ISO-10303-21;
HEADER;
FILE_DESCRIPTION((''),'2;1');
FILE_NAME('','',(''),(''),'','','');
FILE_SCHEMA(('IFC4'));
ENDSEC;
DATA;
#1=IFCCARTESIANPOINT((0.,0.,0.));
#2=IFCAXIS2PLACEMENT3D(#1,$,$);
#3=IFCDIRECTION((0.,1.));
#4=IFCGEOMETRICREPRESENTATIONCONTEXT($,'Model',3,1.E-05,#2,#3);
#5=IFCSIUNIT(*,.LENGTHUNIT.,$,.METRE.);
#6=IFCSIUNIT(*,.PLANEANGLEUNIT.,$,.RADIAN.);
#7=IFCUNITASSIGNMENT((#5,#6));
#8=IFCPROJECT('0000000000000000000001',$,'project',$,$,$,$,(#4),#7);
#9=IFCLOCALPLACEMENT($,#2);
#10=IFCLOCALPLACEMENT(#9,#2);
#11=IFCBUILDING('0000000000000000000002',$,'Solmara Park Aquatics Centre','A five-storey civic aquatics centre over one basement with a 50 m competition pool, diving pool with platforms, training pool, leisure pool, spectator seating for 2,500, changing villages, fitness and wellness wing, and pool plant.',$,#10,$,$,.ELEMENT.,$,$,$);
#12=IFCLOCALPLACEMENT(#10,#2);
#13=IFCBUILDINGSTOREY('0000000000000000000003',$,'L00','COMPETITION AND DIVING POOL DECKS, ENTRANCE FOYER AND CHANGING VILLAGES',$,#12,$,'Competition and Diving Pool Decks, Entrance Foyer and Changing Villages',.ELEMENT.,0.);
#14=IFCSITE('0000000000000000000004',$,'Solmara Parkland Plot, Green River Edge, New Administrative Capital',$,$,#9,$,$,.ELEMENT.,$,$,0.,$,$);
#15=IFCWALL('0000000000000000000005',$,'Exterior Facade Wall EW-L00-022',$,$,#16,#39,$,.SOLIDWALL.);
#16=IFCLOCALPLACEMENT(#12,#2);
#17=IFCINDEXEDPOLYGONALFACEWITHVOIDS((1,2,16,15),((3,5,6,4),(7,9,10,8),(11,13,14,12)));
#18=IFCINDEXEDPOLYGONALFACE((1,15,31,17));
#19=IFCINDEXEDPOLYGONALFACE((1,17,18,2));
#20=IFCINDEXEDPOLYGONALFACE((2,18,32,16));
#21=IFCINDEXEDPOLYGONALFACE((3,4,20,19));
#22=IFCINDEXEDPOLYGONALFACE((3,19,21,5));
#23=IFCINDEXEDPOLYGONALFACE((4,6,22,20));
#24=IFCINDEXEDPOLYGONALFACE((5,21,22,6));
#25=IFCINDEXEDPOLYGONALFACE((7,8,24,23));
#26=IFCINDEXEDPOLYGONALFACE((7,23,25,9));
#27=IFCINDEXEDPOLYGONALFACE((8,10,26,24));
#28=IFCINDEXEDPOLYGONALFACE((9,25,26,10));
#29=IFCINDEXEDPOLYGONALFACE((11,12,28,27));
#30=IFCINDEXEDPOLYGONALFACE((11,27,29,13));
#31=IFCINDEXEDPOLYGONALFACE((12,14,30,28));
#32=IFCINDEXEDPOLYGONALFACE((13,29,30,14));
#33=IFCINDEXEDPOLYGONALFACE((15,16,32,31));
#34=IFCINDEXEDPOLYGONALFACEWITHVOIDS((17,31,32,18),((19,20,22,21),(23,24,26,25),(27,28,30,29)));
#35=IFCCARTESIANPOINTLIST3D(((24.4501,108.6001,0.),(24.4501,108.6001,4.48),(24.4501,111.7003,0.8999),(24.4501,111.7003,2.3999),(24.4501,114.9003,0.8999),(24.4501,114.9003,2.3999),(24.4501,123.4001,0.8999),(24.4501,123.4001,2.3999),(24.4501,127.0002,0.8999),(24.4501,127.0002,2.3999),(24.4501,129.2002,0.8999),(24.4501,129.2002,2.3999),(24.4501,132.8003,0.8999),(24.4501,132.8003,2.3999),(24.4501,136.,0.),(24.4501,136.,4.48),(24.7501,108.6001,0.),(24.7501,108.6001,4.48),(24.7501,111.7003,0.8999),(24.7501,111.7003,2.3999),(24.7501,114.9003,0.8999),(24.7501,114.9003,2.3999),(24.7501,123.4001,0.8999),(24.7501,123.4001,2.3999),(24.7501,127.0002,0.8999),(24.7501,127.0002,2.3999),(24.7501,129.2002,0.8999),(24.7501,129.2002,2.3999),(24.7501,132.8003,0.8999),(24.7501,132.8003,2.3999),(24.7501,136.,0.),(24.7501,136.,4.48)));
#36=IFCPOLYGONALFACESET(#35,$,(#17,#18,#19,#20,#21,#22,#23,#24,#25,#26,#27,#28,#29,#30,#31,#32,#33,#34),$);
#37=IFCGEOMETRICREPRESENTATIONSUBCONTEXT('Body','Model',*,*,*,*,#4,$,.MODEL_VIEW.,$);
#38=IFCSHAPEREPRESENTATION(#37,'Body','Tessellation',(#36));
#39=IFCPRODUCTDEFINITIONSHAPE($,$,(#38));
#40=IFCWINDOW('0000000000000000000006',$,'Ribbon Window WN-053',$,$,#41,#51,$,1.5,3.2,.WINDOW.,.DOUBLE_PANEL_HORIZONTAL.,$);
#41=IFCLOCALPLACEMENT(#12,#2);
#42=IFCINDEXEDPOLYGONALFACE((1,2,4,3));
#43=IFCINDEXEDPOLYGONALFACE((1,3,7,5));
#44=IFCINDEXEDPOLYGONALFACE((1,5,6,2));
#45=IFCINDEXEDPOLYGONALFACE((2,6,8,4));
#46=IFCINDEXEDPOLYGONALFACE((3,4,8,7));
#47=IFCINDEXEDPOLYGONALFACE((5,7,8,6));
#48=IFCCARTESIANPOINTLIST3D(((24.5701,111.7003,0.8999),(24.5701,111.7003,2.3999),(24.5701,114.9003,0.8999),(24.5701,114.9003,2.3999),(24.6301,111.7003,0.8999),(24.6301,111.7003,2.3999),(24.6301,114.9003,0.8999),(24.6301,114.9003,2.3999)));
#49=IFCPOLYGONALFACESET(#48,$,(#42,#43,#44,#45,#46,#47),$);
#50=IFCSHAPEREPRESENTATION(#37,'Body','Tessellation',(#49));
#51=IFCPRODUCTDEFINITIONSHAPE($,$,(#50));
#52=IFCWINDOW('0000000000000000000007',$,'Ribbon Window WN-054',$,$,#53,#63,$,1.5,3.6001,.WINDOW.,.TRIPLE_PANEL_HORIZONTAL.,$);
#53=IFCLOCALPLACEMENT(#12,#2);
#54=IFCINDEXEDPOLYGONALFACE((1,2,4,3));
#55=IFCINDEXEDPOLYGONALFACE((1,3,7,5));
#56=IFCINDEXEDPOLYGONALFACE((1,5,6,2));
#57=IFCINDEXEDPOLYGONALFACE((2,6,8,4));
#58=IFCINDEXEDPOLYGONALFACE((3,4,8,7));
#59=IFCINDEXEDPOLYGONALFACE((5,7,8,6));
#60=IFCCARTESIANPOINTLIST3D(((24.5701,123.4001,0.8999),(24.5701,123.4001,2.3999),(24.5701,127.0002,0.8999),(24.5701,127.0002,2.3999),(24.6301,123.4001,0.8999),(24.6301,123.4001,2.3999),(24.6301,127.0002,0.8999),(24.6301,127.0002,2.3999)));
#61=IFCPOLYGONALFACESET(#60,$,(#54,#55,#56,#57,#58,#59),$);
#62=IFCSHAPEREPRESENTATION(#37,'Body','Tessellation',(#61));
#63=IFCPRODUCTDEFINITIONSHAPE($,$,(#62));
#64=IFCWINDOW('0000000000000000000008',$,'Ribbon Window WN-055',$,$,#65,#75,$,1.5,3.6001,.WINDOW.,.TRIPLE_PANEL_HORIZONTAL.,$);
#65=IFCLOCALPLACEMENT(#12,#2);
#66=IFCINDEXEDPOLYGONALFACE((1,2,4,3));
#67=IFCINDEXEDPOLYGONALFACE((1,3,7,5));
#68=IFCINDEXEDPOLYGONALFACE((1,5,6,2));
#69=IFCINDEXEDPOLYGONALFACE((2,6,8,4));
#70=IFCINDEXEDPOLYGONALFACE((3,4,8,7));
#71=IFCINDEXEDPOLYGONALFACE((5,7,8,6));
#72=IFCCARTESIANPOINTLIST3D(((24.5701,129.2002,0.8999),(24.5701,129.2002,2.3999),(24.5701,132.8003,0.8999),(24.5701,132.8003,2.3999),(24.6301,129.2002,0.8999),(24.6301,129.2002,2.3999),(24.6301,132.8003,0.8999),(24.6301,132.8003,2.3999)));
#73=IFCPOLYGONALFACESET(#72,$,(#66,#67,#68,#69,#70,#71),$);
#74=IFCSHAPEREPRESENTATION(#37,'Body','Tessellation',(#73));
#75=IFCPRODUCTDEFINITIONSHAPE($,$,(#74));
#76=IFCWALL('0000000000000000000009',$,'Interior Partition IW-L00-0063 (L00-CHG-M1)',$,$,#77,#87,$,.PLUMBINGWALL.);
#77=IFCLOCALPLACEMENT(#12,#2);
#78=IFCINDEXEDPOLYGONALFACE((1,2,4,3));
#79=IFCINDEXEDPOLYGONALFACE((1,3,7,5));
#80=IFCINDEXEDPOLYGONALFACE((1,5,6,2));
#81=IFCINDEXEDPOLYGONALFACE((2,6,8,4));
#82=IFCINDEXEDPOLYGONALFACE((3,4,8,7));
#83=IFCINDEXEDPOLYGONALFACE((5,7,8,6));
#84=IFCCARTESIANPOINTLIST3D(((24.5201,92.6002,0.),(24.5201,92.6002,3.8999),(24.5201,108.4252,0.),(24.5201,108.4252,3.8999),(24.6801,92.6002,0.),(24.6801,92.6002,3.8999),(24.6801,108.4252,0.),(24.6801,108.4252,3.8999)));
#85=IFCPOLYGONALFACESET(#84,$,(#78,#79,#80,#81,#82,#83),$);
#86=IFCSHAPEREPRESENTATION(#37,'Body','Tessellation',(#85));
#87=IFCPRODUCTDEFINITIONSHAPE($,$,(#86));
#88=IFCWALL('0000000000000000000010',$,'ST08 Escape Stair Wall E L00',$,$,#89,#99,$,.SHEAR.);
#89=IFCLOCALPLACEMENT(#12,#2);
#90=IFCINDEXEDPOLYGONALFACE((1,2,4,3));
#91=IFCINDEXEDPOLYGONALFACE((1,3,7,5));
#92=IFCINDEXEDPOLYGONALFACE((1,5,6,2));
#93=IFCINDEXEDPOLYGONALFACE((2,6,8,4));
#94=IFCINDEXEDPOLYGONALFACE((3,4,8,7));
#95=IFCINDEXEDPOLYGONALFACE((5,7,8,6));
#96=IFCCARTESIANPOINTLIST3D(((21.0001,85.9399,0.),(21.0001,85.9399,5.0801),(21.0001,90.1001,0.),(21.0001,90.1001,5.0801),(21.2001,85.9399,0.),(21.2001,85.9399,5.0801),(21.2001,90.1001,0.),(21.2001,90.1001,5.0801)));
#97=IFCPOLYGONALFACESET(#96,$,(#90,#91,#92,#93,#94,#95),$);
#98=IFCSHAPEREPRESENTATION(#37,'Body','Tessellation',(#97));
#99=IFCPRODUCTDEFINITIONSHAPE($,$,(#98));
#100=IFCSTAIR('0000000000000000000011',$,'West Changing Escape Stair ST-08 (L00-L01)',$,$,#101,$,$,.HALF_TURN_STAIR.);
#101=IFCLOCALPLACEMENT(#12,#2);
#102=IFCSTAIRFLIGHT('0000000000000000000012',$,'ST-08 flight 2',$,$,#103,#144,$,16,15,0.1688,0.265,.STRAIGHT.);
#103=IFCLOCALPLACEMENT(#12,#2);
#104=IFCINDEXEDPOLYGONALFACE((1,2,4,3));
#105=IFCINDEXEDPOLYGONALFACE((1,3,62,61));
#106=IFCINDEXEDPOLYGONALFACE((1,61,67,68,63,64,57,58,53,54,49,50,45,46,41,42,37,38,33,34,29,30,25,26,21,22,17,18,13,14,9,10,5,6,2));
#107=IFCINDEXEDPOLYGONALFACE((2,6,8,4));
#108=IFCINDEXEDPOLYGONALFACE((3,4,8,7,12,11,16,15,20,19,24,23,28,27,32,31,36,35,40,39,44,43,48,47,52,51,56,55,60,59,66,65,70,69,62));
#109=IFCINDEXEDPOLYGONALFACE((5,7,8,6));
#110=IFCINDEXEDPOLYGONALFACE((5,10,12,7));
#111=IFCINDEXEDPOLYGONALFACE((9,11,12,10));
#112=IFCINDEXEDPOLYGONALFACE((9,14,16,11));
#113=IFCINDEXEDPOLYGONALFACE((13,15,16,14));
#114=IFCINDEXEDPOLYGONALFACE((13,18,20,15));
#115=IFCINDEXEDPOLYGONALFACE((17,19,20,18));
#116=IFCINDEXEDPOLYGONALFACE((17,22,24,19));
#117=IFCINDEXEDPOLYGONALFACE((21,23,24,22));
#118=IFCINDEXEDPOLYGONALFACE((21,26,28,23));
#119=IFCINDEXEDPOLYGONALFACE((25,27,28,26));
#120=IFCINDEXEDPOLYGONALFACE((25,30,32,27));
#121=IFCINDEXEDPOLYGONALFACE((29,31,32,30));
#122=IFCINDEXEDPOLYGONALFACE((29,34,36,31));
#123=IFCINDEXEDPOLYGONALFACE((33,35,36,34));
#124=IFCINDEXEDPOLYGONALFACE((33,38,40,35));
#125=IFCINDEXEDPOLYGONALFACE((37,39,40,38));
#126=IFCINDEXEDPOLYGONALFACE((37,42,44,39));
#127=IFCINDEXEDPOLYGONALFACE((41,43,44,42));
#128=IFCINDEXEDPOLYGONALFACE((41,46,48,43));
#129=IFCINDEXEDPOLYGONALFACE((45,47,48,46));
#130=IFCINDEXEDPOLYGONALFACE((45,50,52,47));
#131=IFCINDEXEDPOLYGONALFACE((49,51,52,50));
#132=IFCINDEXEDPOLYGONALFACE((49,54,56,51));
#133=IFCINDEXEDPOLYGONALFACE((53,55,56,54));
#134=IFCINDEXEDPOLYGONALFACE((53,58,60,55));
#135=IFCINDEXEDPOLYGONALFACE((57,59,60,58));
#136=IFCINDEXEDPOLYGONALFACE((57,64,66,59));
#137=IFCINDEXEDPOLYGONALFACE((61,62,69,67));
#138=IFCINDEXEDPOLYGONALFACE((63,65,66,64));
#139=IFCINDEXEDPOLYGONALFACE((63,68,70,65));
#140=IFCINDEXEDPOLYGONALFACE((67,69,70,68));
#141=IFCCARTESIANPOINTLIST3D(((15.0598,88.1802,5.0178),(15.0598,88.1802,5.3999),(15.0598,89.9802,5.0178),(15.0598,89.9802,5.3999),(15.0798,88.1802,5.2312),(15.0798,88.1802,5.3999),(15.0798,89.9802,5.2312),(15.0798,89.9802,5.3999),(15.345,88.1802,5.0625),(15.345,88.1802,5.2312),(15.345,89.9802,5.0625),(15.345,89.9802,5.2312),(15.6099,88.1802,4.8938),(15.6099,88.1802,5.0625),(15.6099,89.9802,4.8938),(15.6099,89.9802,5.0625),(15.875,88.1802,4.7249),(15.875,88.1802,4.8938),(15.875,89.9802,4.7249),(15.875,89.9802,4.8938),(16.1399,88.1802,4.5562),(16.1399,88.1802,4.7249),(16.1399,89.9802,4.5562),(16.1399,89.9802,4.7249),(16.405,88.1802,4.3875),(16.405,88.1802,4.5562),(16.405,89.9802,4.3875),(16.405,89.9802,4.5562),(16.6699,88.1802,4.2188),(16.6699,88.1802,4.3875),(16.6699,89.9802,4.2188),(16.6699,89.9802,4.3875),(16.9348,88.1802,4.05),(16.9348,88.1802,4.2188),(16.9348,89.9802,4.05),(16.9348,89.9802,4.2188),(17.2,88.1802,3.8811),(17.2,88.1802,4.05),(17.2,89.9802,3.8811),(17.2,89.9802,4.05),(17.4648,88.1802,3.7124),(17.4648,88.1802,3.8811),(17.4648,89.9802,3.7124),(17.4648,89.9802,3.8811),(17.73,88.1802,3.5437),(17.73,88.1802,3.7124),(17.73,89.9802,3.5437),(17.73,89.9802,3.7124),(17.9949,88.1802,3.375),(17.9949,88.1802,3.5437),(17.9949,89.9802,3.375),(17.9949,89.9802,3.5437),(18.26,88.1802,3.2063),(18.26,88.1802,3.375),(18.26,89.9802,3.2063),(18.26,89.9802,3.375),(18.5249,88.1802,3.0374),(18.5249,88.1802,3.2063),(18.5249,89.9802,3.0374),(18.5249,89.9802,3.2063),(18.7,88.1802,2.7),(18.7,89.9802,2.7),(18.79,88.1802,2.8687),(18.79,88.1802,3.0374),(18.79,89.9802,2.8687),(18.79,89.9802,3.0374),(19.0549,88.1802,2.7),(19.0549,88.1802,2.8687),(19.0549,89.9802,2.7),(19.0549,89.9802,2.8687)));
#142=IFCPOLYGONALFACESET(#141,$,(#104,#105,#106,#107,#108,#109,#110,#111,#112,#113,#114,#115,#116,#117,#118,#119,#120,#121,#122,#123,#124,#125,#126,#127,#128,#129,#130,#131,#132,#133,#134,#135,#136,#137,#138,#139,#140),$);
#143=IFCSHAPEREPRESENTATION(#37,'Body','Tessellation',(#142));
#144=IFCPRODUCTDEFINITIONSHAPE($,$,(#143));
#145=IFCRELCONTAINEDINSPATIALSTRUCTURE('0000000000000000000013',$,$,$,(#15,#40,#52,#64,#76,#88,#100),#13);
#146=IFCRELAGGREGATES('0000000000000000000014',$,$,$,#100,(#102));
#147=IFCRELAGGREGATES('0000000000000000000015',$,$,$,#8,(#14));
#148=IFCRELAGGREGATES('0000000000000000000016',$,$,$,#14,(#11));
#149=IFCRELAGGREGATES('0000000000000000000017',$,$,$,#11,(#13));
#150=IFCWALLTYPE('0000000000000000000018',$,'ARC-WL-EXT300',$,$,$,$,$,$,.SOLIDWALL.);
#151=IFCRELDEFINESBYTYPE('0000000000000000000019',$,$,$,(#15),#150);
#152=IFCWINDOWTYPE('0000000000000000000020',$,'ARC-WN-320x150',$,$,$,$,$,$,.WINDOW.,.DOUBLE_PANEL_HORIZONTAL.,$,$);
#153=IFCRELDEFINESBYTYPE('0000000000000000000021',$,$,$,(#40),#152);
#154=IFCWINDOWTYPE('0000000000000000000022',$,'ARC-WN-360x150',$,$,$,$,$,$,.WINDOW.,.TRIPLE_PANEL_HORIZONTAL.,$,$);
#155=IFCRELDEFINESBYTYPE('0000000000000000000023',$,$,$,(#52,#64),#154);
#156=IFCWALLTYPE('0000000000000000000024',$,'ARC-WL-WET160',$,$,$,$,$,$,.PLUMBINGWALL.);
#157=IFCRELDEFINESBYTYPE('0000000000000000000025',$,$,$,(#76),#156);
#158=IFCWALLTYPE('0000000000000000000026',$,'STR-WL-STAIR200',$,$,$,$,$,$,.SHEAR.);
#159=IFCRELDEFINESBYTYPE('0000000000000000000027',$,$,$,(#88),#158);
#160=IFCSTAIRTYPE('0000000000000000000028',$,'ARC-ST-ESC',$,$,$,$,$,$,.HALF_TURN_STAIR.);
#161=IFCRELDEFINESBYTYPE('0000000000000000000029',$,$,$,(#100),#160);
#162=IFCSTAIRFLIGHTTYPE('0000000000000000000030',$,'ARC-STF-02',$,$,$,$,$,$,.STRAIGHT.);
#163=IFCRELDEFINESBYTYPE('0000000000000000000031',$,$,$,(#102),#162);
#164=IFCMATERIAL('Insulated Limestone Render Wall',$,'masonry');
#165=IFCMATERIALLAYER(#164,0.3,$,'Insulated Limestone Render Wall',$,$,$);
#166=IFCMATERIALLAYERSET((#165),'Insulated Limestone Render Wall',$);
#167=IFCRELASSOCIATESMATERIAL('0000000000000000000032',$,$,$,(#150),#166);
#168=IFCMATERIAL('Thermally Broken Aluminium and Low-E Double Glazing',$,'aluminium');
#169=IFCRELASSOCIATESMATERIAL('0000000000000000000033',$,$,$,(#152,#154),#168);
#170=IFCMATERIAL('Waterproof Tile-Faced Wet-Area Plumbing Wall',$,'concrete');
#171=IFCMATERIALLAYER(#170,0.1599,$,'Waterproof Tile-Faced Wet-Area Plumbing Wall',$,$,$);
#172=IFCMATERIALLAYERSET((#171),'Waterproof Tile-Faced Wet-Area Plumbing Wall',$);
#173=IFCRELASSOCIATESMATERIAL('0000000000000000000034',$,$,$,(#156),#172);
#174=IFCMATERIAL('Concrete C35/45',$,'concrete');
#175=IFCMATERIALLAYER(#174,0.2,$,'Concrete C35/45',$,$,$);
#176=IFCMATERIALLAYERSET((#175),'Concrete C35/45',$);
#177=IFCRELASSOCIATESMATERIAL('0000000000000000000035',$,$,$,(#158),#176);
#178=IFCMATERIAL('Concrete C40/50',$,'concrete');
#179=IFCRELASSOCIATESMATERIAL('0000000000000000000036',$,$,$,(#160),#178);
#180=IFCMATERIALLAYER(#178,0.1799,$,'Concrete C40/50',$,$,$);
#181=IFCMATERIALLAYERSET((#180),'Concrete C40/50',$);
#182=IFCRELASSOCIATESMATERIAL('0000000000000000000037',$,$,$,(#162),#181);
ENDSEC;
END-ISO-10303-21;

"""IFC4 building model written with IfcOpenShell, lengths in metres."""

from ifc_helpers import new_model, si_unit, direction, frame, frame_2d, origin, place, context, subcontext, project, spatial, polyline, rectangle, outline, extrude, material, layer, layer_set, type_object, element, fill, aggregate, save


model = new_model("IFC4")

# Units and contexts
model_context = context("Model", 3, precision=1e-05, world=origin(), true_north=direction((0.0, 1.0)))
body_context = subcontext(model_context, "Body", "Model", "MODEL_VIEW")
ifc_project = project(units=[si_unit("LENGTHUNIT", "METRE"), si_unit("PLANEANGLEUNIT", "RADIAN")], contexts=[model_context])

# Site, building, storey
site_placement = place(None, origin())
site = spatial("IfcSite", under=ifc_project, at=site_placement, Name="Solmara Parkland Plot, Green River Edge, New Administrative Capital", CompositionType="ELEMENT", RefElevation=0.0)
building_placement = place(site_placement, origin())
building = spatial("IfcBuilding", under=site, at=building_placement, Name="Solmara Park Aquatics Centre", Description="A five-storey civic aquatics centre over one basement with a 50 m competition pool, diving pool with platforms, training pool, leisure pool, spectator seating for 2,500, changing villages, fitness and wellness wing, and pool plant.", CompositionType="ELEMENT")
storey_placement = place(building_placement, origin())
storey = spatial("IfcBuildingStorey", under=building, at=storey_placement, Name="L00", Description="COMPETITION AND DIVING POOL DECKS, ENTRANCE FOYER AND CHANGING VILLAGES", LongName="Competition and Diving Pool Decks, Entrance Foyer and Changing Villages", CompositionType="ELEMENT", Elevation=0.0)

# Shared definitions
ifc_material_1 = material(Name="Concrete C40/50", Category="concrete")

# Wall, openings, windows
ifc_material_2 = material(Name="Insulated Limestone Render Wall", Category="masonry")
ifc_layer_1 = layer(ifc_material_2, 0.3, Name="Insulated Limestone Render Wall")
ifc_layer_set_1 = layer_set([ifc_layer_1], Name="Insulated Limestone Render Wall")
wall_type_1 = type_object("IfcWallType", Name="ARC-WL-EXT300", PredefinedType="SOLIDWALL", material=ifc_layer_set_1)
wall_1_placement = place(storey_placement, frame((24.6001, 108.6001, 0.0), z_axis=(0.0, 0.0, 1.0), x_axis=(0.0, 1.0, 0.0)))
wall_1 = element("IfcWall", 1, at=wall_1_placement, inside=storey, type_object=wall_type_1, Name="Exterior Facade Wall EW-L00-022", PredefinedType="SOLIDWALL", context=body_context, shape_type="SweptSolid", body=[
    extrude(rectangle(XDim=27.3999, YDim=0.3, at=frame_2d((13.7, 0.0))), origin(), (0.0, 0.0, 1.0), 4.48),
])
opening_1_placement = place(wall_1_placement, frame((3.1001, 0.0, 0.8999)))
opening_1 = element("IfcOpeningElement", 2, at=opening_1_placement, cuts=wall_1, PredefinedType="OPENING", context=body_context, shape_type="SweptSolid", body=[
    extrude(rectangle(XDim=3.2, YDim=1.5, at=frame_2d((1.6001, 0.75))), frame((0.0, 0.1599, 0.0), z_axis=(0.0, -1.0, 0.0), x_axis=(1.0, 0.0, 0.0)), (0.0, 0.0, 1.0), 0.3201),
])
opening_2_placement = place(wall_1_placement, frame((14.8, 0.0, 0.8999)))
opening_2 = element("IfcOpeningElement", 3, at=opening_2_placement, cuts=wall_1, PredefinedType="OPENING", context=body_context, shape_type="SweptSolid", body=[
    extrude(rectangle(XDim=3.6001, YDim=1.5, at=frame_2d((1.8, 0.75))), frame((0.0, 0.1599, 0.0), z_axis=(0.0, -1.0, 0.0), x_axis=(1.0, 0.0, 0.0)), (0.0, 0.0, 1.0), 0.3201),
])
opening_3_placement = place(wall_1_placement, frame((20.6001, 0.0, 0.8999)))
opening_3 = element("IfcOpeningElement", 4, at=opening_3_placement, cuts=wall_1, PredefinedType="OPENING", context=body_context, shape_type="SweptSolid", body=[
    extrude(rectangle(XDim=3.6001, YDim=1.5, at=frame_2d((1.8, 0.75))), frame((0.0, 0.1599, 0.0), z_axis=(0.0, -1.0, 0.0), x_axis=(1.0, 0.0, 0.0)), (0.0, 0.0, 1.0), 0.3201),
])
ifc_material_3 = material(Name="Thermally Broken Aluminium and Low-E Double Glazing", Category="aluminium")
window_type_1 = type_object("IfcWindowType", Name="ARC-WN-320x150", PartitioningType="DOUBLE_PANEL_HORIZONTAL", PredefinedType="WINDOW", material=ifc_material_3)
window_1_placement = place(opening_1_placement, origin())
window_1 = element("IfcWindow", 5, at=window_1_placement, inside=storey, type_object=window_type_1, Name="Ribbon Window WN-053", OverallHeight=1.5, OverallWidth=3.2, PartitioningType="DOUBLE_PANEL_HORIZONTAL", PredefinedType="WINDOW", context=body_context, shape_type="SweptSolid", body=[
    extrude(rectangle(XDim=3.2, YDim=1.5, at=frame_2d((1.6001, 0.75))), frame((0.0, 0.03, 0.0), z_axis=(0.0, -1.0, 0.0), x_axis=(1.0, 0.0, 0.0)), (0.0, 0.0, 1.0), 0.0601),
])
fill(opening_1, window_1)
window_type_2 = type_object("IfcWindowType", Name="ARC-WN-360x150", PartitioningType="TRIPLE_PANEL_HORIZONTAL", PredefinedType="WINDOW", material=ifc_material_3)
window_2_placement = place(opening_2_placement, origin())
window_2 = element("IfcWindow", 6, at=window_2_placement, inside=storey, type_object=window_type_2, Name="Ribbon Window WN-054", OverallHeight=1.5, OverallWidth=3.6001, PartitioningType="TRIPLE_PANEL_HORIZONTAL", PredefinedType="WINDOW", context=body_context, shape_type="SweptSolid", body=[
    extrude(rectangle(XDim=3.6001, YDim=1.5, at=frame_2d((1.8, 0.75))), frame((0.0, 0.03, 0.0), z_axis=(0.0, -1.0, 0.0), x_axis=(1.0, 0.0, 0.0)), (0.0, 0.0, 1.0), 0.0601),
])
fill(opening_2, window_2)
window_3_placement = place(opening_3_placement, origin())
window_3 = element("IfcWindow", 7, at=window_3_placement, inside=storey, type_object=window_type_2, Name="Ribbon Window WN-055", OverallHeight=1.5, OverallWidth=3.6001, PartitioningType="TRIPLE_PANEL_HORIZONTAL", PredefinedType="WINDOW", context=body_context, shape_type="SweptSolid", body=[
    extrude(rectangle(XDim=3.6001, YDim=1.5, at=frame_2d((1.8, 0.75))), frame((0.0, 0.03, 0.0), z_axis=(0.0, -1.0, 0.0), x_axis=(1.0, 0.0, 0.0)), (0.0, 0.0, 1.0), 0.0601),
])
fill(opening_3, window_3)

# Walls
ifc_material_4 = material(Name="Waterproof Tile-Faced Wet-Area Plumbing Wall", Category="concrete")
ifc_layer_2 = layer(ifc_material_4, 0.1599, Name="Waterproof Tile-Faced Wet-Area Plumbing Wall")
ifc_layer_set_2 = layer_set([ifc_layer_2], Name="Waterproof Tile-Faced Wet-Area Plumbing Wall")
wall_type_2 = type_object("IfcWallType", Name="ARC-WL-WET160", PredefinedType="PLUMBINGWALL", material=ifc_layer_set_2)
wall_2_placement = place(storey_placement, frame((24.6001, 92.6001, 0.0), z_axis=(0.0, 0.0, 1.0), x_axis=(0.0, 1.0, 0.0)))
element("IfcWall", 8, at=wall_2_placement, inside=storey, type_object=wall_type_2, Name="Interior Partition IW-L00-0063 (L00-CHG-M1)", PredefinedType="PLUMBINGWALL", context=body_context, shape_type="SweptSolid", body=[
    extrude(rectangle(XDim=15.825, YDim=0.1599, at=frame_2d((7.9126, 0.0))), origin(), (0.0, 0.0, 1.0), 3.8999),
])
ifc_material_5 = material(Name="Concrete C35/45", Category="concrete")
ifc_layer_3 = layer(ifc_material_5, 0.2, Name="Concrete C35/45")
ifc_layer_set_3 = layer_set([ifc_layer_3], Name="Concrete C35/45")
wall_type_3 = type_object("IfcWallType", Name="STR-WL-STAIR200", PredefinedType="SHEAR", material=ifc_layer_set_3)
wall_3_placement = place(storey_placement, frame((21.1001, 85.9399, 0.0), z_axis=(0.0, 0.0, 1.0), x_axis=(0.0, 1.0, 0.0)))
element("IfcWall", 9, at=wall_3_placement, inside=storey, type_object=wall_type_3, Name="ST08 Escape Stair Wall E L00", PredefinedType="SHEAR", context=body_context, shape_type="SweptSolid", body=[
    extrude(rectangle(XDim=4.1602, YDim=0.2, at=frame_2d((2.0801, 0.0))), origin(), (0.0, 0.0, 1.0), 5.0801),
])

# Stair, stair flight
stair_type = type_object("IfcStairType", Name="ARC-ST-ESC", PredefinedType="HALF_TURN_STAIR", material=ifc_material_1)
stair_placement = place(storey_placement, origin())
stair = element("IfcStair", 10, at=stair_placement, inside=storey, type_object=stair_type, Name="West Changing Escape Stair ST-08 (L00-L01)", PredefinedType="HALF_TURN_STAIR")
ifc_layer_4 = layer(ifc_material_1, 0.1799, Name="Concrete C40/50")
ifc_layer_set_4 = layer_set([ifc_layer_4], Name="Concrete C40/50")
stair_flight_type = type_object("IfcStairFlightType", Name="ARC-STF-02", PredefinedType="STRAIGHT", material=ifc_layer_set_4)
stair_flight_placement = place(storey_placement, frame((19.0549, 89.0801, 2.7), z_axis=(0.0, 0.0, 1.0), x_axis=(-1.0, 0.0, 0.0)))
stair_flight = element("IfcStairFlight", 11, at=stair_flight_placement, type_object=stair_flight_type, Name="ST-08 flight 2", NumberOfRisers=16, NumberOfTreads=15, PredefinedType="STRAIGHT", RiserHeight=0.1688, TreadLength=0.265, context=body_context, shape_type="SweptSolid", body=[
    extrude(outline(polyline([(0.0, 0.0), (0.0, 0.1687), (0.2649, 0.1687), (0.2649, 0.3374), (0.53, 0.3374), (0.53, 0.5063), (0.7949, 0.5063), (0.7949, 0.675), (1.0601, 0.675), (1.0601, 0.8438), (1.325, 0.8438), (1.325, 1.0125), (1.5901, 1.0125), (1.5901, 1.1812), (1.855, 1.1812), (1.855, 1.3501), (2.1201, 1.3501), (2.1201, 1.5188), (2.385, 1.5188), (2.385, 1.6875), (2.6499, 1.6875), (2.6499, 1.8562), (2.915, 1.8562), (2.915, 2.0249), (3.1799, 2.0249), (3.1799, 2.1938), (3.4451, 2.1938), (3.4451, 2.3625), (3.71, 2.3625), (3.71, 2.5312), (3.9751, 2.5312), (3.9751, 2.7), (3.9951, 2.7), (3.9951, 2.3179), (0.355, 0.0), (0.0, 0.0)])), frame((0.0, 0.8999, 0.0), z_axis=(0.0, -1.0, 0.0), x_axis=(1.0, 0.0, 0.0)), (0.0, 0.0, 1.0), 1.8),
])
aggregate(stair, [stair_flight])

save(model, "model.ifc")
